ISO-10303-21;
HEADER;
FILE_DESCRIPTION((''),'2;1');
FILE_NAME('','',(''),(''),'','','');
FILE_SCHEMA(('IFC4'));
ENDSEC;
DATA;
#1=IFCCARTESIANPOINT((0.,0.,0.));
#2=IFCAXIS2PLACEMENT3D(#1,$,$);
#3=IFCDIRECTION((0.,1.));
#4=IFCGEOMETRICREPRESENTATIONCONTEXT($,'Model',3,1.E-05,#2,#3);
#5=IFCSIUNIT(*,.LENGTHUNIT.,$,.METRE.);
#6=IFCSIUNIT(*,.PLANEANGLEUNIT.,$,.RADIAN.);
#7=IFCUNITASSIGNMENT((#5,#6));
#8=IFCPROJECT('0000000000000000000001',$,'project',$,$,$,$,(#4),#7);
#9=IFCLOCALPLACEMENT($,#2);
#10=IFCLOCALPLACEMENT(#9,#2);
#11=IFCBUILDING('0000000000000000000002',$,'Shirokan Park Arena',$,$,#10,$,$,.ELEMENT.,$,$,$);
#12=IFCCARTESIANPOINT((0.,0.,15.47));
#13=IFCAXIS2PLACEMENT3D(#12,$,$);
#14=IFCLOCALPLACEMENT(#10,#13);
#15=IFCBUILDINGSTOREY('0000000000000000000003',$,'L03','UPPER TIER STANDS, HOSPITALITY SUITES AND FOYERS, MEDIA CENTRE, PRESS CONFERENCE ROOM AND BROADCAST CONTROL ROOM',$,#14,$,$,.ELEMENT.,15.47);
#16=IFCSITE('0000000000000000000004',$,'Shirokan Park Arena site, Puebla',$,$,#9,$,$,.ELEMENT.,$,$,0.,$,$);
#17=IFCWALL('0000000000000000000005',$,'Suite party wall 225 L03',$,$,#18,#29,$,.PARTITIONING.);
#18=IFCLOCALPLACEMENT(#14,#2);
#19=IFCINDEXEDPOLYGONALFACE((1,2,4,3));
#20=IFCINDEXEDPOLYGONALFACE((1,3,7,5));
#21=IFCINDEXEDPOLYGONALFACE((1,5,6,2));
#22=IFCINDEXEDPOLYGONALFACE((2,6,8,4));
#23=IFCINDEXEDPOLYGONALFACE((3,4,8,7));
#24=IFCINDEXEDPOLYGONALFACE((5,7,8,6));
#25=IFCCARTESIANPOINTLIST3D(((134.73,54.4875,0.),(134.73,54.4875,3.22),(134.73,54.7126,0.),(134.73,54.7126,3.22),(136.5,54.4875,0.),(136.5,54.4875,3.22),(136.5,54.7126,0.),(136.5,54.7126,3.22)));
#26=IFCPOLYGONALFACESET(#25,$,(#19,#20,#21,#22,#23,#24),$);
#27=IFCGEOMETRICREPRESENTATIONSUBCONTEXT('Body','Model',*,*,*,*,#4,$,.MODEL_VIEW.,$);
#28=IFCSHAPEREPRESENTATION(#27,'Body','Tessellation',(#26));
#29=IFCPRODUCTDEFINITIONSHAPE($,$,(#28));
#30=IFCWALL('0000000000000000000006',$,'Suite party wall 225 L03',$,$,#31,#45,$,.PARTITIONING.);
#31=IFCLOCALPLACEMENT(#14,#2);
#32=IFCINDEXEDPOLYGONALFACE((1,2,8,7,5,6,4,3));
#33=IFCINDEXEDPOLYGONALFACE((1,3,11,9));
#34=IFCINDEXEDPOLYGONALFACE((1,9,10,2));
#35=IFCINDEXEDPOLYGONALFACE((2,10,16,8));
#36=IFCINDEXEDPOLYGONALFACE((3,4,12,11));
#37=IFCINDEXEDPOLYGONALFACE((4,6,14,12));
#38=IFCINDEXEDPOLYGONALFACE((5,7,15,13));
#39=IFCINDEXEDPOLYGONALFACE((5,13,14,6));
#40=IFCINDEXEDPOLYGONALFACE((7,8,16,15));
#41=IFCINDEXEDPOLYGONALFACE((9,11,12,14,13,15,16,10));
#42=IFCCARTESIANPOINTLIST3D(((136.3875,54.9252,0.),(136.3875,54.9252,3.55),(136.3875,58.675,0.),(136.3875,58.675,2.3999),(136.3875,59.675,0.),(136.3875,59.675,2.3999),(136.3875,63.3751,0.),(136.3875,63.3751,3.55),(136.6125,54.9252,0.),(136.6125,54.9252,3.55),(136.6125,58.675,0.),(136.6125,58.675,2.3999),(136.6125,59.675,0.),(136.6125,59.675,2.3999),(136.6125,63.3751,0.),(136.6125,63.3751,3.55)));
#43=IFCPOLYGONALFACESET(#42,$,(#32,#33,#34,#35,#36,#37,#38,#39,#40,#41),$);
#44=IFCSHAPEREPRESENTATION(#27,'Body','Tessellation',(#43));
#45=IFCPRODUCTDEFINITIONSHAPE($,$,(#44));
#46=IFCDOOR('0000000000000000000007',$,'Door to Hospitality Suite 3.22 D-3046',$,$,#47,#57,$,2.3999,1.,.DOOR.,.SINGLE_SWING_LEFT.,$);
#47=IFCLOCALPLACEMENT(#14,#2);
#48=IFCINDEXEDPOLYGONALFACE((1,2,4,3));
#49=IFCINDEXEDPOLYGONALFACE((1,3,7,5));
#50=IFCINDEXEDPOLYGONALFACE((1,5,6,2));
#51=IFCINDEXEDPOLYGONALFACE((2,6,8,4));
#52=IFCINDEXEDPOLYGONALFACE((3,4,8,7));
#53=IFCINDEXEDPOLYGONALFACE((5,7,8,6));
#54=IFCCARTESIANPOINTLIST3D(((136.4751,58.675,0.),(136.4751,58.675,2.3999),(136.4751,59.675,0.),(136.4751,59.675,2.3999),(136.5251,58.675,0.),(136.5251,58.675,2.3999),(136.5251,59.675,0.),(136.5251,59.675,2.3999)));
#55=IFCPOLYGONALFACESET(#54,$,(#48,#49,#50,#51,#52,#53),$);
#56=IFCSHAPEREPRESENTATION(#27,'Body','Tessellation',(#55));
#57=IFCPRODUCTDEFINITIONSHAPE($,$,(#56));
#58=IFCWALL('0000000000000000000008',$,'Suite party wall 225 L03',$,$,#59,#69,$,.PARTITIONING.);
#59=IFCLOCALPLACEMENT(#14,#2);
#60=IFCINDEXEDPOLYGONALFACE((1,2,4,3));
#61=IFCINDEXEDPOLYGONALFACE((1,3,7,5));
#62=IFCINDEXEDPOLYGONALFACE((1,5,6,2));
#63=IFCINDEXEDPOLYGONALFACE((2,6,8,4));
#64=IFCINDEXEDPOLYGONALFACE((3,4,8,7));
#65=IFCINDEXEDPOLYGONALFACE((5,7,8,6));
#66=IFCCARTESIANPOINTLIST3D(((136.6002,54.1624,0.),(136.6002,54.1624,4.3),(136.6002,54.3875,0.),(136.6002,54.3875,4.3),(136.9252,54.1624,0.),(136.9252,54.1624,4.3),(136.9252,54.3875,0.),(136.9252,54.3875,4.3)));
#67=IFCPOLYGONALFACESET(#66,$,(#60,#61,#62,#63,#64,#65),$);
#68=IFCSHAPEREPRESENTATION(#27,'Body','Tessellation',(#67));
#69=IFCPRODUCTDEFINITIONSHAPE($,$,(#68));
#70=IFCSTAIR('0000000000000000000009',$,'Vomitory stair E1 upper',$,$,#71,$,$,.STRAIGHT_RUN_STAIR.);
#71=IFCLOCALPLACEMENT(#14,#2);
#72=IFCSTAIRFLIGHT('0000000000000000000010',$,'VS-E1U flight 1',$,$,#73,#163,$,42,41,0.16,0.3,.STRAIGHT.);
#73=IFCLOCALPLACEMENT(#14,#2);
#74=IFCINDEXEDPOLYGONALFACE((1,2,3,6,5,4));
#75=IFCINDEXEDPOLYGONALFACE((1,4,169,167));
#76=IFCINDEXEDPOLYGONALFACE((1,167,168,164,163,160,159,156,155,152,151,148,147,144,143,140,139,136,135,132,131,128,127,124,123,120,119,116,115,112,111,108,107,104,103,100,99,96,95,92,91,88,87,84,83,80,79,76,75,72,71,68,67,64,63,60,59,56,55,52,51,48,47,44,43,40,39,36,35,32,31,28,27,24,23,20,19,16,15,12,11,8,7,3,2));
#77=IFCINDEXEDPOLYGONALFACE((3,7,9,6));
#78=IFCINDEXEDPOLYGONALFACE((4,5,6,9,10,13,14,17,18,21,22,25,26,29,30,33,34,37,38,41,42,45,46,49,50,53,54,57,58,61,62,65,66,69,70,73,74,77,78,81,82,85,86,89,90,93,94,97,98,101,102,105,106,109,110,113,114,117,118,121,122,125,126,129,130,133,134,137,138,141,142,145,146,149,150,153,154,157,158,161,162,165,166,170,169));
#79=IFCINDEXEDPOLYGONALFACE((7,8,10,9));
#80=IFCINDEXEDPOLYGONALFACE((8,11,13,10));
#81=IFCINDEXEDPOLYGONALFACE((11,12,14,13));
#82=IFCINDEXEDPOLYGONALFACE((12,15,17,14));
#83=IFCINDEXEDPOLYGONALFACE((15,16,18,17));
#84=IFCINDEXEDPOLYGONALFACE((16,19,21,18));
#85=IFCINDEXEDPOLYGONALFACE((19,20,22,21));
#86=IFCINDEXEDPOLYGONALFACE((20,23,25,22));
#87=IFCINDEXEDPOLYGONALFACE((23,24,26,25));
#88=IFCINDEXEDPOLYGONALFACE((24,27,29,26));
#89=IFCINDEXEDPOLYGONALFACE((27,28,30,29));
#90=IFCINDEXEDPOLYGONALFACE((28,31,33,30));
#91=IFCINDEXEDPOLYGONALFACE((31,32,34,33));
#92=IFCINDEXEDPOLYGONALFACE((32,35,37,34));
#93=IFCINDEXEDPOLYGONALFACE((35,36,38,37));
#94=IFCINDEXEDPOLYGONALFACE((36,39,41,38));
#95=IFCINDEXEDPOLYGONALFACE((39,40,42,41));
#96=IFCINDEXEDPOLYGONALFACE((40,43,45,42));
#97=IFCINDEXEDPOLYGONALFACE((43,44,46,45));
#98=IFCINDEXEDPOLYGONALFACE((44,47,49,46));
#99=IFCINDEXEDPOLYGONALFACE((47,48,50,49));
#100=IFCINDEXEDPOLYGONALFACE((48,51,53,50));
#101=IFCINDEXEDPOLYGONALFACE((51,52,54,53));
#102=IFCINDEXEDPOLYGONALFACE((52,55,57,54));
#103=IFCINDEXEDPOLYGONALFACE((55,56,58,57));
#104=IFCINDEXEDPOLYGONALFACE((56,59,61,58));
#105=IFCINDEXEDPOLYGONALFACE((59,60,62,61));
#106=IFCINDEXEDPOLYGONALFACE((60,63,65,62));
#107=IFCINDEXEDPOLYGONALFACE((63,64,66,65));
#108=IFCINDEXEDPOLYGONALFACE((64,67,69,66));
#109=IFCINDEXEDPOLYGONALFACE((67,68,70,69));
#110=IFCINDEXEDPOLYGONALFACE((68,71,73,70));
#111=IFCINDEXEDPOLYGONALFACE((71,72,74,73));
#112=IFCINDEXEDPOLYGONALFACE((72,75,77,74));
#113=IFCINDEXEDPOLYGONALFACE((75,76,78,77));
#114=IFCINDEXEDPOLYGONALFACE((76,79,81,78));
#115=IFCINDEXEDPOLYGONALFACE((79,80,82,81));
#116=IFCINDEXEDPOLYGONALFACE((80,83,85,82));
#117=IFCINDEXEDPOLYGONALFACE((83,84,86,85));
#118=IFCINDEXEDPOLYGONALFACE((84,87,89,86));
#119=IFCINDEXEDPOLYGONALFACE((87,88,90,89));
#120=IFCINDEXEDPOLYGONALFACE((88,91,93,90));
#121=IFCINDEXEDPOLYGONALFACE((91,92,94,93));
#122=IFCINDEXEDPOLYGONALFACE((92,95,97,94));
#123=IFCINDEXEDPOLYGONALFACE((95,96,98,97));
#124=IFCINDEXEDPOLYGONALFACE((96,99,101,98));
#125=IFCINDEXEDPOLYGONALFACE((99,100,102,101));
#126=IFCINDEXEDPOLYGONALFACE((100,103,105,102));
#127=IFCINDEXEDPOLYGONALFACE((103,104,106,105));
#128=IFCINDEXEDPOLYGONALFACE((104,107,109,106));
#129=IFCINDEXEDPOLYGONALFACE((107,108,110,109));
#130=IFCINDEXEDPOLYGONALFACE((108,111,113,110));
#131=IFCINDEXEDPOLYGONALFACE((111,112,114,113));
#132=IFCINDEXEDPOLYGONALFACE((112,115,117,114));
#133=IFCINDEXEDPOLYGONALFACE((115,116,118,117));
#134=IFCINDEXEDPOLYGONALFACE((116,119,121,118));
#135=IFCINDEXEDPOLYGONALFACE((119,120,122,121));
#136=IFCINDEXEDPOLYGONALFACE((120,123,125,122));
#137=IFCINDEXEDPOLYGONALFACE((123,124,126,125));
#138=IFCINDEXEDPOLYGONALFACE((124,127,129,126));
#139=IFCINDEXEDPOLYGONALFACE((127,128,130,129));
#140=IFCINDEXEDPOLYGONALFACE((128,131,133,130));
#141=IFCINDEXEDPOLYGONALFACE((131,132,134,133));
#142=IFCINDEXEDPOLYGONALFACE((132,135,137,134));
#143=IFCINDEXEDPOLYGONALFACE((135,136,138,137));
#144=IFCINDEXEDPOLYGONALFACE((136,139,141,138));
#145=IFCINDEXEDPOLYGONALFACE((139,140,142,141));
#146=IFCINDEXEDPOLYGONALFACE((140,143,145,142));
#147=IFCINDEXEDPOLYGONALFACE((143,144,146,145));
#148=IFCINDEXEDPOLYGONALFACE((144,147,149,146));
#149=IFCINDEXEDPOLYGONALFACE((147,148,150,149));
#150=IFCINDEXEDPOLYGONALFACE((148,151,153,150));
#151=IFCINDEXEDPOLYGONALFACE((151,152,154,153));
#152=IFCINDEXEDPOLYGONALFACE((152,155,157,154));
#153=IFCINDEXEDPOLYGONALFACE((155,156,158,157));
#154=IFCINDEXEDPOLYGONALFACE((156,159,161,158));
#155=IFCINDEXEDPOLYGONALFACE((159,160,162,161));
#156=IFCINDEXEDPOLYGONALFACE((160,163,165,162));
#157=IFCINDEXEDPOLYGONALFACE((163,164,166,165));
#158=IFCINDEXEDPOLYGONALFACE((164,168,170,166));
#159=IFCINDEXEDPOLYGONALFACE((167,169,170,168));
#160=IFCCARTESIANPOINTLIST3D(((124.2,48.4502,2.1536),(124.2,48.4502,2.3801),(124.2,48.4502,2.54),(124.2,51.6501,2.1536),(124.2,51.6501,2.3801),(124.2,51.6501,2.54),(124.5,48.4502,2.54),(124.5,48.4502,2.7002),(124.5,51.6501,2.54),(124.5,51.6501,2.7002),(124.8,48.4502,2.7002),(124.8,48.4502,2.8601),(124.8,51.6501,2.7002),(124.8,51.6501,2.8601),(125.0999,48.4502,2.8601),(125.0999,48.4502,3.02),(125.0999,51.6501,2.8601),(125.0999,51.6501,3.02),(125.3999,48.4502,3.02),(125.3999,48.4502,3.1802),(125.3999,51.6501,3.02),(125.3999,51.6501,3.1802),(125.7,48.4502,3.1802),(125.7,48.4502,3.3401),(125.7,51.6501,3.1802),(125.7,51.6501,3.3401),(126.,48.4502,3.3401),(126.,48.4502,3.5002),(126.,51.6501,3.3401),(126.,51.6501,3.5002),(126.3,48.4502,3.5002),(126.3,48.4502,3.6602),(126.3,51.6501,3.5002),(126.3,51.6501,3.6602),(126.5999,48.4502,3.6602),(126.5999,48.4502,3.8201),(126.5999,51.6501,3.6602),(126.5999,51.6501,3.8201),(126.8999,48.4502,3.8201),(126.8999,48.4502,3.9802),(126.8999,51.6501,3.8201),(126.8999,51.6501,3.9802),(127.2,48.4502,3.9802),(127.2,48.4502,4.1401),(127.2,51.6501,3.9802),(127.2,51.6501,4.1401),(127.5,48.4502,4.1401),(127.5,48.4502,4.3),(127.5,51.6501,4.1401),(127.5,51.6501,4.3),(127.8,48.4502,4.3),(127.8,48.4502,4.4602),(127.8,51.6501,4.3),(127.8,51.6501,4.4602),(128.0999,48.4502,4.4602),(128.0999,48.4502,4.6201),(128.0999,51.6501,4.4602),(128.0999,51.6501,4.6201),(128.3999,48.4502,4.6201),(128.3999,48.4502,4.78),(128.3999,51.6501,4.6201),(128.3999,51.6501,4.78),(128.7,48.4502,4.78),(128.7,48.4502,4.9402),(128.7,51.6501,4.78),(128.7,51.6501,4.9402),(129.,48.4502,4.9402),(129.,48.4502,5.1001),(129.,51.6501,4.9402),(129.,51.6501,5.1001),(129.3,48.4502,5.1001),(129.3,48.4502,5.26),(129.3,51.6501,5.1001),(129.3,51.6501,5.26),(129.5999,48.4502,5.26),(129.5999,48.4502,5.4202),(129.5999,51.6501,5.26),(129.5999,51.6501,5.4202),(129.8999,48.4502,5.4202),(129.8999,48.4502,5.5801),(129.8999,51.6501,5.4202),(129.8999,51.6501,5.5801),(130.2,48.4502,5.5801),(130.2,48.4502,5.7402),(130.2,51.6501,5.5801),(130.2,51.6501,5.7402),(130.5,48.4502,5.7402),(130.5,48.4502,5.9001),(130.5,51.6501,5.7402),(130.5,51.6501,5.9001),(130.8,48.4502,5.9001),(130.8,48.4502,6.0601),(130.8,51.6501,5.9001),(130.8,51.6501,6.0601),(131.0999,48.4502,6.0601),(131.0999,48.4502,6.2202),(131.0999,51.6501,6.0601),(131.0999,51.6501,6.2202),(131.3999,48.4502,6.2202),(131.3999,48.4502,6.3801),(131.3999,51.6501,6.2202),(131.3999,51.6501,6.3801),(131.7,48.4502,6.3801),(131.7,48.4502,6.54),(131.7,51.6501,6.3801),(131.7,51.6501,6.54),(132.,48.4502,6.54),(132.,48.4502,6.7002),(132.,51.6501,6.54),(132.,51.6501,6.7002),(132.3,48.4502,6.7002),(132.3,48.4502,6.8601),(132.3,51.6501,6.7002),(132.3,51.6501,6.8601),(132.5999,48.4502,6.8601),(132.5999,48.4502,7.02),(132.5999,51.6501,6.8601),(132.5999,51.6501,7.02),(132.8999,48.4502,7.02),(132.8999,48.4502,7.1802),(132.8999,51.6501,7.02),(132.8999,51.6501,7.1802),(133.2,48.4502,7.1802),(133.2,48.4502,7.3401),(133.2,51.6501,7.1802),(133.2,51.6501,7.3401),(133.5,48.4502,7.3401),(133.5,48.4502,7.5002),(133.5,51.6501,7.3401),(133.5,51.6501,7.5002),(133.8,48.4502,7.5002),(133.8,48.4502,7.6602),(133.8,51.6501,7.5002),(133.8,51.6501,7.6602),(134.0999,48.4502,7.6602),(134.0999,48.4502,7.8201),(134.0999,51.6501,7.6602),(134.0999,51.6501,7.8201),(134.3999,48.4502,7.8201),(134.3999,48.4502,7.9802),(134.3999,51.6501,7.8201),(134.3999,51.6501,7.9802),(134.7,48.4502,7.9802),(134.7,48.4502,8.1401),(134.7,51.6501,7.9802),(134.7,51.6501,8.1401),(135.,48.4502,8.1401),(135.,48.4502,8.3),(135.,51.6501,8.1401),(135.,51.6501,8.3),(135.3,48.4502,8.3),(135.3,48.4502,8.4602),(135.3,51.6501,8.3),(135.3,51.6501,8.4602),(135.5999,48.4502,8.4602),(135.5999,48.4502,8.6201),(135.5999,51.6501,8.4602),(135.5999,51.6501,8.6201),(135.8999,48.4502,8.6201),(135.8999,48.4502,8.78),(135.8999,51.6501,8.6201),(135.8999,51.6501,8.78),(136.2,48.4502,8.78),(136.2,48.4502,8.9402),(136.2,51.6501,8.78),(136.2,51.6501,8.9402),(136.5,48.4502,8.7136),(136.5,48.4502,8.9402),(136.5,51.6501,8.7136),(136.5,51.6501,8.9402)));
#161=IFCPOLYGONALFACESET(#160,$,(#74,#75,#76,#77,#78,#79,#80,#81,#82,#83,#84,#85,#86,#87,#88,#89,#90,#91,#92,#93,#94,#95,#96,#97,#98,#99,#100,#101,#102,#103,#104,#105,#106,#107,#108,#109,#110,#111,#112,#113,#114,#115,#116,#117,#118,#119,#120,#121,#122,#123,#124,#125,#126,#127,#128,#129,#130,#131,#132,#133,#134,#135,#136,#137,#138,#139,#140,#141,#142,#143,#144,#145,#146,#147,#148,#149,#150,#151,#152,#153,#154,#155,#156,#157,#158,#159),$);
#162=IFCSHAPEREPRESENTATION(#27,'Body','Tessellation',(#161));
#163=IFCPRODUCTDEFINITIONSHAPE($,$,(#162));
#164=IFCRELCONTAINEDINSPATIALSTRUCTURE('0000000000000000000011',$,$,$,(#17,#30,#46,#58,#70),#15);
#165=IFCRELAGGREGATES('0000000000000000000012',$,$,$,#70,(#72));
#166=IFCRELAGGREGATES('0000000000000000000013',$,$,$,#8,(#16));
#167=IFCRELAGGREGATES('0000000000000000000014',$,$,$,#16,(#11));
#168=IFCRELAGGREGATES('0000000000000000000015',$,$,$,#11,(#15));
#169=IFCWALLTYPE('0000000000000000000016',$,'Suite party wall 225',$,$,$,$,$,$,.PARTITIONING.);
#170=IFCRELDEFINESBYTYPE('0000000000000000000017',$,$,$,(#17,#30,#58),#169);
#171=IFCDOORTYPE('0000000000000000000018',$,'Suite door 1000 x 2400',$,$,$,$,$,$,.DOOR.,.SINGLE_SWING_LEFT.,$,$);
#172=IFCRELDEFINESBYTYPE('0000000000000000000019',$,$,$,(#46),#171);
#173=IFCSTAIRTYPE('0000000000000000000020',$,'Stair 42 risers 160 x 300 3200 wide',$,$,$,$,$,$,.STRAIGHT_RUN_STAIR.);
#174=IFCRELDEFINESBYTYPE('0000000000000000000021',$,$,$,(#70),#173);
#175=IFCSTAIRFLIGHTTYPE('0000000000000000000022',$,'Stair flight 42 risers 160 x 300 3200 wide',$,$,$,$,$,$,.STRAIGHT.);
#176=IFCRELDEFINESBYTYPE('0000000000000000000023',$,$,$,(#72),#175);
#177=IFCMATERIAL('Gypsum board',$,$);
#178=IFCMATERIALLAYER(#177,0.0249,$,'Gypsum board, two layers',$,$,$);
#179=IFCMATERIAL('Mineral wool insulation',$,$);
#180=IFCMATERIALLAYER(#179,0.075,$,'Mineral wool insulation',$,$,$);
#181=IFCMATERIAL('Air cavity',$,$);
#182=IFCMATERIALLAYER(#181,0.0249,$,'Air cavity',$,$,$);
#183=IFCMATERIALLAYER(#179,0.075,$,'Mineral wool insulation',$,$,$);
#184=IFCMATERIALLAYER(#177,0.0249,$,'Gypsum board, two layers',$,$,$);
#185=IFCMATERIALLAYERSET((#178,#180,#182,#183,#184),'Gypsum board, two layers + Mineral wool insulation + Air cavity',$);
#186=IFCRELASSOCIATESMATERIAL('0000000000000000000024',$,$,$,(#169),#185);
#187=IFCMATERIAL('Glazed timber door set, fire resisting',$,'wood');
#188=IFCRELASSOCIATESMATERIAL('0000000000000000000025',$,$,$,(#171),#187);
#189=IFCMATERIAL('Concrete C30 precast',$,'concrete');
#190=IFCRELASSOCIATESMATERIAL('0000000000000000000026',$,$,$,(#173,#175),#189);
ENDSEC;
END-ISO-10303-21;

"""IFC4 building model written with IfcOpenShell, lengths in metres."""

from ifc_helpers import new_model, si_unit, direction, frame, frame_2d, origin, place, context, subcontext, project, spatial, polyline, rectangle, outline, extrude, material, layer, layer_set, type_object, element, fill, aggregate, save


model = new_model("IFC4")

# Units and contexts
model_context = context("Model", 3, precision=1e-05, world=origin(), true_north=direction((0.0, 1.0)))
body_context = subcontext(model_context, "Body", "Model", "MODEL_VIEW")
ifc_project = project(units=[si_unit("LENGTHUNIT", "METRE"), si_unit("PLANEANGLEUNIT", "RADIAN")], contexts=[model_context])

# Site, building, storey
site_placement = place(None, origin())
site = spatial("IfcSite", under=ifc_project, at=site_placement, Name="Shirokan Park Arena site, Puebla", CompositionType="ELEMENT", RefElevation=0.0)
building_placement = place(site_placement, origin())
building = spatial("IfcBuilding", under=site, at=building_placement, Name="Shirokan Park Arena", CompositionType="ELEMENT")
storey_placement = place(building_placement, frame((0.0, 0.0, 15.47)))
storey = spatial("IfcBuildingStorey", under=building, at=storey_placement, Name="L03", Description="UPPER TIER STANDS, HOSPITALITY SUITES AND FOYERS, MEDIA CENTRE, PRESS CONFERENCE ROOM AND BROADCAST CONTROL ROOM", CompositionType="ELEMENT", Elevation=15.47)

# Shared definitions
ifc_material_1 = material(Name="Mineral wool insulation")
ifc_material_2 = material(Name="Gypsum board")

# Wall
ifc_layer_1 = layer(ifc_material_2, 0.0249, Name="Gypsum board, two layers")
ifc_layer_2 = layer(ifc_material_1, 0.075, Name="Mineral wool insulation")
ifc_material_3 = material(Name="Air cavity")
ifc_layer_3 = layer(ifc_material_3, 0.0249, Name="Air cavity")
ifc_layer_4 = layer(ifc_material_1, 0.075, Name="Mineral wool insulation")
ifc_layer_5 = layer(ifc_material_2, 0.0249, Name="Gypsum board, two layers")
ifc_layer_set_1 = layer_set([ifc_layer_1, ifc_layer_2, ifc_layer_3, ifc_layer_4, ifc_layer_5], Name="Gypsum board, two layers + Mineral wool insulation + Air cavity")
wall_type_1 = type_object("IfcWallType", Name="Suite party wall 225", PredefinedType="PARTITIONING", material=ifc_layer_set_1)
wall_1_placement = place(storey_placement, frame((134.73, 54.6001, 0.0), z_axis=(0.0, 0.0, 1.0), x_axis=(1.0, 0.0, 0.0)))
element("IfcWall", 1, at=wall_1_placement, inside=storey, type_object=wall_type_1, Name="Suite party wall 225 L03", PredefinedType="PARTITIONING", context=body_context, shape_type="SweptSolid", body=[
    extrude(rectangle(XDim=1.77, YDim=0.2251, at=frame_2d((0.885, 0.0))), origin(), (0.0, 0.0, 1.0), 3.22),
])

# Wall, opening, door
wall_2_placement = place(storey_placement, frame((136.5, 54.925, 0.0), z_axis=(0.0, 0.0, 1.0), x_axis=(0.0, 1.0, 0.0)))
wall_2 = element("IfcWall", 2, at=wall_2_placement, inside=storey, type_object=wall_type_1, Name="Suite party wall 225 L03", PredefinedType="PARTITIONING", context=body_context, shape_type="SweptSolid", body=[
    extrude(rectangle(XDim=8.45, YDim=0.2251, at=frame_2d((4.2251, 0.0))), origin(), (0.0, 0.0, 1.0), 3.55),
])
opening_1_placement = place(wall_2_placement, frame((3.75, 0.0, 0.0)))
opening_1 = element("IfcOpeningElement", 3, at=opening_1_placement, cuts=wall_2, PredefinedType="OPENING", context=body_context, shape_type="SweptSolid", body=[
    extrude(rectangle(XDim=1.0, YDim=2.3999, at=frame_2d((0.5, 1.2))), frame((0.0, 0.1226, 0.0), z_axis=(0.0, -1.0, 0.0), x_axis=(1.0, 0.0, 0.0)), (0.0, 0.0, 1.0), 0.2451),
])
ifc_material_4 = material(Name="Glazed timber door set, fire resisting", Category="wood")
door_type = type_object("IfcDoorType", Name="Suite door 1000 x 2400", OperationType="SINGLE_SWING_LEFT", PredefinedType="DOOR", material=ifc_material_4)
door_placement = place(opening_1_placement, origin())
door = element("IfcDoor", 4, at=door_placement, inside=storey, type_object=door_type, Name="Door to Hospitality Suite 3.22 D-3046", OperationType="SINGLE_SWING_LEFT", OverallHeight=2.3999, OverallWidth=1.0, PredefinedType="DOOR", context=body_context, shape_type="SweptSolid", body=[
    extrude(rectangle(XDim=1.0, YDim=2.3999, at=frame_2d((0.5, 1.2))), frame((0.0, 0.0249, 0.0), z_axis=(0.0, -1.0, 0.0), x_axis=(1.0, 0.0, 0.0)), (0.0, 0.0, 1.0), 0.05),
])
fill(opening_1, door)

# Wall
wall_3_placement = place(storey_placement, frame((136.6001, 54.2749, 0.0), z_axis=(0.0, 0.0, 1.0), x_axis=(1.0, 0.0, 0.0)))
element("IfcWall", 5, at=wall_3_placement, inside=storey, type_object=wall_type_1, Name="Suite party wall 225 L03", PredefinedType="PARTITIONING", context=body_context, shape_type="SweptSolid", body=[
    extrude(rectangle(XDim=0.325, YDim=0.2251, at=frame_2d((0.1626, 0.0))), origin(), (0.0, 0.0, 1.0), 4.3),
])

# Stair, stair flight
ifc_material_5 = material(Name="Concrete C30 precast", Category="concrete")
stair_type = type_object("IfcStairType", Name="Stair 42 risers 160 x 300 3200 wide", PredefinedType="STRAIGHT_RUN_STAIR", material=ifc_material_5)
stair_1_placement = place(storey_placement, origin())
stair_1 = element("IfcStair", 6, at=stair_1_placement, inside=storey, type_object=stair_type, Name="Vomitory stair E1 upper", PredefinedType="STRAIGHT_RUN_STAIR")
stair_flight_type = type_object("IfcStairFlightType", Name="Stair flight 42 risers 160 x 300 3200 wide", PredefinedType="STRAIGHT", material=ifc_material_5)
stair_flight_1_placement = place(storey_placement, frame((124.2, 50.05, 2.3801), z_axis=(0.0, 0.0, 1.0), x_axis=(1.0, 0.0, 0.0)))
stair_flight_1 = element("IfcStairFlight", 7, at=stair_flight_1_placement, type_object=stair_flight_type, Name="VS-E1U flight 1", NumberOfRisers=42, NumberOfTreads=41, PredefinedType="STRAIGHT", RiserHeight=0.16, TreadLength=0.3, context=body_context, shape_type="SweptSolid", body=[
    extrude(outline(polyline([(0.0, -0.2266), (0.0, 0.0), (0.0, 0.1599), (0.3, 0.1599), (0.3, 0.3201), (0.6001, 0.3201), (0.6001, 0.48), (0.8999, 0.48), (0.8999, 0.6399), (1.2, 0.6399), (1.2, 0.8), (1.5, 0.8), (1.5, 0.96), (1.8, 0.96), (1.8, 1.1201), (2.1001, 1.1201), (2.1001, 1.28), (2.3999, 1.28), (2.3999, 1.4399), (2.7, 1.4399), (2.7, 1.6001), (3.0, 1.6001), (3.0, 1.76), (3.3, 1.76), (3.3, 1.9199), (3.6001, 1.9199), (3.6001, 2.0801), (3.8999, 2.0801), (3.8999, 2.24), (4.2, 2.24), (4.2, 2.3999), (4.5, 2.3999), (4.5, 2.5601), (4.8, 2.5601), (4.8, 2.72), (5.1001, 2.72), (5.1001, 2.8799), (5.3999, 2.8799), (5.3999, 3.04), (5.7, 3.04), (5.7, 3.2), (6.0, 3.2), (6.0, 3.3601), (6.3, 3.3601), (6.3, 3.52), (6.6001, 3.52), (6.6001, 3.6799), (6.8999, 3.6799), (6.8999, 3.8401), (7.2, 3.8401), (7.2, 4.0), (7.5, 4.0), (7.5, 4.1599), (7.8, 4.1599), (7.8, 4.3201), (8.1001, 4.3201), (8.1001, 4.48), (8.3999, 4.48), (8.3999, 4.6399), (8.7, 4.6399), (8.7, 4.8), (9.0, 4.8), (9.0, 4.96), (9.3, 4.96), (9.3, 5.1201), (9.6001, 5.1201), (9.6001, 5.28), (9.8999, 5.28), (9.8999, 5.4399), (10.2, 5.4399), (10.2, 5.6001), (10.5, 5.6001), (10.5, 5.76), (10.8, 5.76), (10.8, 5.9199), (11.1001, 5.9199), (11.1001, 6.0801), (11.3999, 6.0801), (11.3999, 6.24), (11.7, 6.24), (11.7, 6.3999), (12.0, 6.3999), (12.0, 6.5601), (12.3, 6.5601), (12.3, 6.72), (12.3, 6.3335), (0.0, -0.2266)])), frame((0.0, 1.6001, 0.0), z_axis=(0.0, -1.0, 0.0), x_axis=(1.0, 0.0, 0.0)), (0.0, 0.0, 1.0), 3.2),
])
aggregate(stair_1, [stair_flight_1])

save(model, "model.ifc")
